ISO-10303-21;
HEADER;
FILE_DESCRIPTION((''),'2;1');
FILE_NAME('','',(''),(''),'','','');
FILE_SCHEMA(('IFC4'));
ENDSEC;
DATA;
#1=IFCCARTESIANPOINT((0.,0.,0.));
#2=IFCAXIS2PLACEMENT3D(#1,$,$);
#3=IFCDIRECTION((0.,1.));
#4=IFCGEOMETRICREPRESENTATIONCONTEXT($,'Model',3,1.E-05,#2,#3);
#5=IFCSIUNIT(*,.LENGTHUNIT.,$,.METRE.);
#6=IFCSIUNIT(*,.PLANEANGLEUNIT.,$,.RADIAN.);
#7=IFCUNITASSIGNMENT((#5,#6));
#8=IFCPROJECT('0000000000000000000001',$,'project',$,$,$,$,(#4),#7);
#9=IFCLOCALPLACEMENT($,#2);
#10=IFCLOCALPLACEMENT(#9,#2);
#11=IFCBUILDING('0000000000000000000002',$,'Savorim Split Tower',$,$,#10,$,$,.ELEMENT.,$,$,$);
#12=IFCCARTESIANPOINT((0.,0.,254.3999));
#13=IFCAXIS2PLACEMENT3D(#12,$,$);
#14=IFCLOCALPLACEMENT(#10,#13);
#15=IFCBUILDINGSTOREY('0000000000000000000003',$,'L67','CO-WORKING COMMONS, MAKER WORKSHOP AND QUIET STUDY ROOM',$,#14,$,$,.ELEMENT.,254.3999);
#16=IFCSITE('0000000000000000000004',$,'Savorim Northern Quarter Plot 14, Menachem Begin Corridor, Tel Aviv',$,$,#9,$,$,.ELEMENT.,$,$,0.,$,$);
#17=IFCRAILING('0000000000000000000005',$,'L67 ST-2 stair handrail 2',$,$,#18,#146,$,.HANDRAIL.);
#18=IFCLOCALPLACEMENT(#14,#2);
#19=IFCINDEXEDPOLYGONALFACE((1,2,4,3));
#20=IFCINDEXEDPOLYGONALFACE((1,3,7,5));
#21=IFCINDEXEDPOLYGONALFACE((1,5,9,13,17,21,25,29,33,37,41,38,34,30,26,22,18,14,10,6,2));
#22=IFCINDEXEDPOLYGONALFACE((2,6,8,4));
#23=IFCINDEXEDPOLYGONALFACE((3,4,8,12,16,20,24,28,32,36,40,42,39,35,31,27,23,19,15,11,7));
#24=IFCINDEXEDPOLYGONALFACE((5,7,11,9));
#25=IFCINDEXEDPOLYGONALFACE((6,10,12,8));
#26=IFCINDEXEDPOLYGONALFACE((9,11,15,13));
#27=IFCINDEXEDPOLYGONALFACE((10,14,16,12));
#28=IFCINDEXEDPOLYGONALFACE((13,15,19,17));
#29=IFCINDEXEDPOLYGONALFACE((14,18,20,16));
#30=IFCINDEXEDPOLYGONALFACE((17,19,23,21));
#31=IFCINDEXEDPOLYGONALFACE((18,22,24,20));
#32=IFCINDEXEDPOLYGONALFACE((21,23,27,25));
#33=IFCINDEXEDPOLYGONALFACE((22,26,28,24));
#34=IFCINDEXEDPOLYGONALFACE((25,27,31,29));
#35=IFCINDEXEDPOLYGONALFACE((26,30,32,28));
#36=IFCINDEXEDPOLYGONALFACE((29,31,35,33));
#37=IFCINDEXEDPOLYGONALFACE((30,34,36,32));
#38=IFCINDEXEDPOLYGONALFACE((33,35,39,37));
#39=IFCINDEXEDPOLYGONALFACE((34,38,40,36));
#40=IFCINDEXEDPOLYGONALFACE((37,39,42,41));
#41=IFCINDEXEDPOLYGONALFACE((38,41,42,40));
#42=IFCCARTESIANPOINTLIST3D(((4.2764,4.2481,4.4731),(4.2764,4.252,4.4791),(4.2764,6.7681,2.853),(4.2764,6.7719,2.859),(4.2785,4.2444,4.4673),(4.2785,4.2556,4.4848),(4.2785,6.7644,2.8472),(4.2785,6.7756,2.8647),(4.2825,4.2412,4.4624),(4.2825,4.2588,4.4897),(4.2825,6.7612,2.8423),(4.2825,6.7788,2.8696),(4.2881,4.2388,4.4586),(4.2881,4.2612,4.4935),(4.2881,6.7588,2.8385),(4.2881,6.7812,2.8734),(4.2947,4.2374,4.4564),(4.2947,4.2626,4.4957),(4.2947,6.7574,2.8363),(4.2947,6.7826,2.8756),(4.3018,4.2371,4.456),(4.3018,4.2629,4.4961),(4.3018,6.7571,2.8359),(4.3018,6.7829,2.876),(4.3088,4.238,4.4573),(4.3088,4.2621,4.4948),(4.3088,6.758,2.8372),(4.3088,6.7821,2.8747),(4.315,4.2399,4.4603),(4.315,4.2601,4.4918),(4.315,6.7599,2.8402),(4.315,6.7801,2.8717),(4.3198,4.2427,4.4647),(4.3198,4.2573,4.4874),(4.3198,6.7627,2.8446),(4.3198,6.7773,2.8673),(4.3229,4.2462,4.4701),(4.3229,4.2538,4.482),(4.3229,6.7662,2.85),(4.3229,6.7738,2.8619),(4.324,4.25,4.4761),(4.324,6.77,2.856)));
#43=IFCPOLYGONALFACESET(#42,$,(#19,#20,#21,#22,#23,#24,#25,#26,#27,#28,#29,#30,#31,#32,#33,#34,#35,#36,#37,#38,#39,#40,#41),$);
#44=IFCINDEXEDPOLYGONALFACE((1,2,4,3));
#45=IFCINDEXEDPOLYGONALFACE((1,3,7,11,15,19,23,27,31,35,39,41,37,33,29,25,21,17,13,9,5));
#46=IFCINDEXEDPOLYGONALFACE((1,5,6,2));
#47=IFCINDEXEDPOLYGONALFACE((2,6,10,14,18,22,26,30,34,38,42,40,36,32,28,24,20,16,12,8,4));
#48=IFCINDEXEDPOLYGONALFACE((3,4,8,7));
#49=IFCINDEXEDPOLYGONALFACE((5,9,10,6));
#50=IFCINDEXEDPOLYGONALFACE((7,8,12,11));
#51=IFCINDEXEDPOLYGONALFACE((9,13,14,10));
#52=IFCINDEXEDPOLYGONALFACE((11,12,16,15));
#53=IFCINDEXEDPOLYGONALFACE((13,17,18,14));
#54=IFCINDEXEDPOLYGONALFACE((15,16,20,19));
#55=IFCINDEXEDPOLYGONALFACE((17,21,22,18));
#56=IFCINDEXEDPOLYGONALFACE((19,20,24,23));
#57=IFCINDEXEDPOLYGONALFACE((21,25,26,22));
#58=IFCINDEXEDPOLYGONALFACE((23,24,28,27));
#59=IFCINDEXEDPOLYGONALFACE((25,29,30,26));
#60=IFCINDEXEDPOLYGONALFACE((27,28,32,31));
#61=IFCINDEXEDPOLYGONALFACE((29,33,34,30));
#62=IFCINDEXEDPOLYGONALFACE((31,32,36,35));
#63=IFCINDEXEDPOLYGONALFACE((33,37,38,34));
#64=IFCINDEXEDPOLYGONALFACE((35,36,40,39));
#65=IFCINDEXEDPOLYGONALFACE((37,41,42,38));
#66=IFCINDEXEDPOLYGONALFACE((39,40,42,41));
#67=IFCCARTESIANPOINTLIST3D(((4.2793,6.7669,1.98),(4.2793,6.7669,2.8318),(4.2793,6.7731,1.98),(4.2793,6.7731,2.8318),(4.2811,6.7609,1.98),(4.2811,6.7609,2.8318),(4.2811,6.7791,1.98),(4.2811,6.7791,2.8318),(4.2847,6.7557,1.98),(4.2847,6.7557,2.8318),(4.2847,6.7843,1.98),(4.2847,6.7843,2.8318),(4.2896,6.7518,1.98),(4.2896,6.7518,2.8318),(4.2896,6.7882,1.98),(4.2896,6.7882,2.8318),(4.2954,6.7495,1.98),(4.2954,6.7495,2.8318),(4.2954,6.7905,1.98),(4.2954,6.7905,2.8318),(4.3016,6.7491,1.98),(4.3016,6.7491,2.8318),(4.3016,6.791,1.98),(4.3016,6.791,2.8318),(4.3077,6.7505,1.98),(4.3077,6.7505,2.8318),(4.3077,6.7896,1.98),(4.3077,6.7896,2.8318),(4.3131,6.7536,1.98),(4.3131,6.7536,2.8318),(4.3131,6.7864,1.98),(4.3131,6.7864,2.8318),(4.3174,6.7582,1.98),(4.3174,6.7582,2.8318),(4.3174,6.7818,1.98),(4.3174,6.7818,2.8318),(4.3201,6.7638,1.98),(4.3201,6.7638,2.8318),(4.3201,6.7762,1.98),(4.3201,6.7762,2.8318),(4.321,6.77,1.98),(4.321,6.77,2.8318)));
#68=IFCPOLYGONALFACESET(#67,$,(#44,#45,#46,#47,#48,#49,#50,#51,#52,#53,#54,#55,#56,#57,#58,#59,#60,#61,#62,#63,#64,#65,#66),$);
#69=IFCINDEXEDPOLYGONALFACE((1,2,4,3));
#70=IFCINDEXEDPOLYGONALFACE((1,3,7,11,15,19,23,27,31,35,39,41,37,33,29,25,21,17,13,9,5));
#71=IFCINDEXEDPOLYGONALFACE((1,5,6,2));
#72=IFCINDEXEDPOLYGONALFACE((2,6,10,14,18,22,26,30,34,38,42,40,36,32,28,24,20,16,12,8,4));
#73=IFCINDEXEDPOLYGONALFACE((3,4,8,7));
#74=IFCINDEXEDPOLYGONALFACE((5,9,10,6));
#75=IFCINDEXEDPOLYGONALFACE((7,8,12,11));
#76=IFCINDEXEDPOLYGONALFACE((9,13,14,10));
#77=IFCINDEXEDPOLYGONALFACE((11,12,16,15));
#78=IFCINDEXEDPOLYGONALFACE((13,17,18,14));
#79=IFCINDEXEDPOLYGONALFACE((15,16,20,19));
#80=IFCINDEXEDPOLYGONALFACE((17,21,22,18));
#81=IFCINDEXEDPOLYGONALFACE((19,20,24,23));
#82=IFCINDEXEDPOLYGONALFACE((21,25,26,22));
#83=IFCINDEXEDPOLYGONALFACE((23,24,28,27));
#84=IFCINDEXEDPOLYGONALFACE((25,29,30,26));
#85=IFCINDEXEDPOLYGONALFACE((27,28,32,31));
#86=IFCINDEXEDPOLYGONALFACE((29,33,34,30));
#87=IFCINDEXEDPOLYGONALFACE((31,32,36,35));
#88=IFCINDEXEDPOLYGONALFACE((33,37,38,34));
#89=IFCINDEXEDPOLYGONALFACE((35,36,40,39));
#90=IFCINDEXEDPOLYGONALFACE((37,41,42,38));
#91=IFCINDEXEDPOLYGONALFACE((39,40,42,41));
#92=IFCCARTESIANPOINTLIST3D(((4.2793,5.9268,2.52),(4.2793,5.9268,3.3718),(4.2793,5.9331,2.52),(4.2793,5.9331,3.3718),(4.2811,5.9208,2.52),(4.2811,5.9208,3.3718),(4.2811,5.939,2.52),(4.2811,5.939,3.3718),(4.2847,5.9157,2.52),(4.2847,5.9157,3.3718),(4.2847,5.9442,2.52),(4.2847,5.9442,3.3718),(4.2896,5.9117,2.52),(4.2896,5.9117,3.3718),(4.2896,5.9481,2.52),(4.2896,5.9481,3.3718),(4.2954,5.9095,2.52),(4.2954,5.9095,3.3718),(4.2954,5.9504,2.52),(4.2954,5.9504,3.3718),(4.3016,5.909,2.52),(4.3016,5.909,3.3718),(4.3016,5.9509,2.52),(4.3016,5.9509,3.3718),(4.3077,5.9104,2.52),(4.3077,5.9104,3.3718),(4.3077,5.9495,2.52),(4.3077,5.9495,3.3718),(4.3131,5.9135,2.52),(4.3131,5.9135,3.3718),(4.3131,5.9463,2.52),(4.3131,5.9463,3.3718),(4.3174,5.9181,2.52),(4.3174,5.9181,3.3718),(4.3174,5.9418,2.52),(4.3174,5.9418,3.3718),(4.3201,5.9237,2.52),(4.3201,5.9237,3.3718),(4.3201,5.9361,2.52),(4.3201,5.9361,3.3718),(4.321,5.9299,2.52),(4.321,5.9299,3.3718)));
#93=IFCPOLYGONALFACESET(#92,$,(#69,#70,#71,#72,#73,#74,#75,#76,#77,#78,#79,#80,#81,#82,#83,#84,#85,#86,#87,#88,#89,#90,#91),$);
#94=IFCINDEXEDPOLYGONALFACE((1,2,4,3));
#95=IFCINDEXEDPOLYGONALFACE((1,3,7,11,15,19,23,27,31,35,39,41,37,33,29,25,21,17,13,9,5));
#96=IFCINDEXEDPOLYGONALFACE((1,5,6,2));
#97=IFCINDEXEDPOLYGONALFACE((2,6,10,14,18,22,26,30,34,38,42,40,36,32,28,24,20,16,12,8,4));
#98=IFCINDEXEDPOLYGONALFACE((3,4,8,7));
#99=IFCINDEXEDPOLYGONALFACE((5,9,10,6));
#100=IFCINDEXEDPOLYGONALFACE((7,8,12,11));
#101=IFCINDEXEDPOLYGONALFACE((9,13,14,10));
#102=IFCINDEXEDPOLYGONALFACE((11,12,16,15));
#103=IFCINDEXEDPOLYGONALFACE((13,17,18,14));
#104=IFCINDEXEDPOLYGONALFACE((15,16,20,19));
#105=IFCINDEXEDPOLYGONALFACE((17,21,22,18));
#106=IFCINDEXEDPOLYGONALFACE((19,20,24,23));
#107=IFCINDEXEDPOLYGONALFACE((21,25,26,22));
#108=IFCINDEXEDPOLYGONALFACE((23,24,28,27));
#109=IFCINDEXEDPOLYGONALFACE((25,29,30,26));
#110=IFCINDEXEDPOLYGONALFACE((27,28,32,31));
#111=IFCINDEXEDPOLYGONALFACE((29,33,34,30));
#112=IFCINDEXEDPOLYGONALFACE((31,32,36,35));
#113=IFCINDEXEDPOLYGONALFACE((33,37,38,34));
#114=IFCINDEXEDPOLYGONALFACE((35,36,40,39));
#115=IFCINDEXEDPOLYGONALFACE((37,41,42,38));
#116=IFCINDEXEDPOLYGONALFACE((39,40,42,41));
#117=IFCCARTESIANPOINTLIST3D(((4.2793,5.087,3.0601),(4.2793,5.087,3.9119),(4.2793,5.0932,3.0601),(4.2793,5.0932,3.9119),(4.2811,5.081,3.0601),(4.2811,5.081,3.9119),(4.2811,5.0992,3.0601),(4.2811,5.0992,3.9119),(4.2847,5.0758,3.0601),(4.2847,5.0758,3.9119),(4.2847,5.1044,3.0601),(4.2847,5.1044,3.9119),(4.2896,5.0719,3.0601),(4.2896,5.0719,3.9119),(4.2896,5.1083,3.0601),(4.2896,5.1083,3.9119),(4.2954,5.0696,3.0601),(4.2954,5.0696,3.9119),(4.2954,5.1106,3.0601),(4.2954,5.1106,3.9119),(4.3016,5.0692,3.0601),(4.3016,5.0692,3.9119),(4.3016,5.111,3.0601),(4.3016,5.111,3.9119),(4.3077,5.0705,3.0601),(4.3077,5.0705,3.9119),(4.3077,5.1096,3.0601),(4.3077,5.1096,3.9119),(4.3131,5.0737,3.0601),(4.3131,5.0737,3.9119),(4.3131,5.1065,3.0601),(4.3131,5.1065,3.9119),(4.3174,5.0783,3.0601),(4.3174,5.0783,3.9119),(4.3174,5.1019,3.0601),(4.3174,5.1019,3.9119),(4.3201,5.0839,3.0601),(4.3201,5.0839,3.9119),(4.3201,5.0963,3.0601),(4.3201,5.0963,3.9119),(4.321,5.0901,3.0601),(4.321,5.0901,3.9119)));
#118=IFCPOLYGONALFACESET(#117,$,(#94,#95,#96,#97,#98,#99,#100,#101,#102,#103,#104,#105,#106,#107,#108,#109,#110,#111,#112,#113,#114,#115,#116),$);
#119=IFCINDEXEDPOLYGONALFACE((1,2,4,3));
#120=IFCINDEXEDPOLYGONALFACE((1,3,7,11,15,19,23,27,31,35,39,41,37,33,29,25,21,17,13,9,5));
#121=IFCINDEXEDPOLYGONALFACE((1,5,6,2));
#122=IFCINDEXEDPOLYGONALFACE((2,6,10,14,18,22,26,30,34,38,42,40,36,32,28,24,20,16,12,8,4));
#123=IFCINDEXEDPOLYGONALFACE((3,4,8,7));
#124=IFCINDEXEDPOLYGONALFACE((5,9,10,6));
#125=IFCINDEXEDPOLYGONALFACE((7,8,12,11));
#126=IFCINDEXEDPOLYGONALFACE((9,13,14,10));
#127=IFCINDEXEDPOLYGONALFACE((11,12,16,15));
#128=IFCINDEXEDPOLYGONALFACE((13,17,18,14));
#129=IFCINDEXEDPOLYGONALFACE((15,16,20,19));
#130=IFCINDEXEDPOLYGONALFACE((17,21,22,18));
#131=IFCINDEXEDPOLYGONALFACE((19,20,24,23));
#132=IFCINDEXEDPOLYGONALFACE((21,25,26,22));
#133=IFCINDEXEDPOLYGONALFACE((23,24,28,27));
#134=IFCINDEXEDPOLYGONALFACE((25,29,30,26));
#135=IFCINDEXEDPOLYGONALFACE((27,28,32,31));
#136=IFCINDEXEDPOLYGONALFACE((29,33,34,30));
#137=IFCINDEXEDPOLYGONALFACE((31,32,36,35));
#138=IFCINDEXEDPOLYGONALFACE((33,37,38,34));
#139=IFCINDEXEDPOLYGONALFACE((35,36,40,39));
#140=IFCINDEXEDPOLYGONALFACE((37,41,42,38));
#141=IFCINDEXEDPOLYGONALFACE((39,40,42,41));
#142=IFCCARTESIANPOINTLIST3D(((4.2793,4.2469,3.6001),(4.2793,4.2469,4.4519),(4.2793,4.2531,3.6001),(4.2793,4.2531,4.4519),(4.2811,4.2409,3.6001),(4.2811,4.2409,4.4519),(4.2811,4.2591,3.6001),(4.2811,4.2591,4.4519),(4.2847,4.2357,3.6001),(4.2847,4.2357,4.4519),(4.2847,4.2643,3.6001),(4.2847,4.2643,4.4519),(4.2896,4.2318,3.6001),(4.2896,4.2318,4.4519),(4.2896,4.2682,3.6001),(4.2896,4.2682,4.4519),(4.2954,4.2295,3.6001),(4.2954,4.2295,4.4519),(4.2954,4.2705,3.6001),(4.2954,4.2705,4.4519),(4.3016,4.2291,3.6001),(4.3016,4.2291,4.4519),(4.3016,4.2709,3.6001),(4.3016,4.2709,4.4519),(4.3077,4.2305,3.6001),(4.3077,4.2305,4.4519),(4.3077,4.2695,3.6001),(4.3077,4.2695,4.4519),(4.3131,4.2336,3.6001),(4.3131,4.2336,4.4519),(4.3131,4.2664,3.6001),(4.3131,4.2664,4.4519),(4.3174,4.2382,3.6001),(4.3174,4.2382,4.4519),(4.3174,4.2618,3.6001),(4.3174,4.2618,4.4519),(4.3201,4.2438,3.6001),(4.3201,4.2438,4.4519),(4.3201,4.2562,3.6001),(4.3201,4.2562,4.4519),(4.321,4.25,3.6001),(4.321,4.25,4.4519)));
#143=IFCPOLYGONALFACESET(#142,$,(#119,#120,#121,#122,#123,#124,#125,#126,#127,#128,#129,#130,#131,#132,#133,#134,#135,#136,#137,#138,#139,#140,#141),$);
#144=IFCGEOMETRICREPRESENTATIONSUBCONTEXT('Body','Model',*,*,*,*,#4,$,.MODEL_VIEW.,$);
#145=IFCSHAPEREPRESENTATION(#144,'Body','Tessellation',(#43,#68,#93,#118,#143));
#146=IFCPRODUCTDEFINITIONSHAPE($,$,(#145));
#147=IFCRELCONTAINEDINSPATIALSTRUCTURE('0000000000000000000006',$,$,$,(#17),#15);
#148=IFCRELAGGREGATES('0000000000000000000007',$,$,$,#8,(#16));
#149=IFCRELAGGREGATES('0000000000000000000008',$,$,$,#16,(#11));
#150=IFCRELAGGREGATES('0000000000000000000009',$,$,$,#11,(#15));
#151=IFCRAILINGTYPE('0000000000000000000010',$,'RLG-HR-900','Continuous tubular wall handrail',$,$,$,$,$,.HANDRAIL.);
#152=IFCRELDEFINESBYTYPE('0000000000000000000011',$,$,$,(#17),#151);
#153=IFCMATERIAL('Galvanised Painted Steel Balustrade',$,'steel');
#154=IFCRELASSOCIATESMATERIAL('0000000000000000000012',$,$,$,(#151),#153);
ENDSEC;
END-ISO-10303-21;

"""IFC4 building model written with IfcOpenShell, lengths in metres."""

from ifc_helpers import new_model, si_unit, direction, frame, origin, origin_2d, place, context, subcontext, project, spatial, circle, extrude, material, type_object, element, save


model = new_model("IFC4")

# Units and contexts
model_context = context("Model", 3, precision=1e-05, world=origin(), true_north=direction((0.0, 1.0)))
body_context = subcontext(model_context, "Body", "Model", "MODEL_VIEW")
ifc_project = project(units=[si_unit("LENGTHUNIT", "METRE"), si_unit("PLANEANGLEUNIT", "RADIAN")], contexts=[model_context])

# Site, building, storey
site_placement = place(None, origin())
site = spatial("IfcSite", under=ifc_project, at=site_placement, Name="Savorim Northern Quarter Plot 14, Menachem Begin Corridor, Tel Aviv", CompositionType="ELEMENT", RefElevation=0.0)
building_placement = place(site_placement, origin())
building = spatial("IfcBuilding", under=site, at=building_placement, Name="Savorim Split Tower", CompositionType="ELEMENT")
storey_placement = place(building_placement, frame((0.0, 0.0, 254.3999)))
storey = spatial("IfcBuildingStorey", under=building, at=storey_placement, Name="L67", Description="CO-WORKING COMMONS, MAKER WORKSHOP AND QUIET STUDY ROOM", CompositionType="ELEMENT", Elevation=254.3999)

# Railing
ifc_material_1 = material(Name="Galvanised Painted Steel Balustrade", Category="steel")
railing_type_1 = type_object("IfcRailingType", Name="RLG-HR-900", Description="Continuous tubular wall handrail", PredefinedType="HANDRAIL", material=ifc_material_1)
railing_1_placement = place(storey_placement, frame((4.3, 6.77, 1.98)))
element("IfcRailing", 1, at=railing_1_placement, inside=storey, type_object=railing_type_1, Name="L67 ST-2 stair handrail 2", PredefinedType="HANDRAIL", context=body_context, shape_type="SweptSolid", body=[
    extrude(circle(Radius=0.0239, at=origin_2d()), frame((0.0, 0.0, 0.876), z_axis=(0.0, -0.841163, 0.540782), x_axis=(1.0, 0.0, 0.0)), (0.0, 0.0, 1.0), 2.9958),
    extrude(circle(Radius=0.021, at=origin_2d()), origin(), (0.0, 0.0, 1.0), 0.8518),
    extrude(circle(Radius=0.021, at=origin_2d()), frame((0.0, -0.8401, 0.54)), (0.0, 0.0, 1.0), 0.8518),
    extrude(circle(Radius=0.021, at=origin_2d()), frame((0.0, -1.6799, 1.0801)), (0.0, 0.0, 1.0), 0.8518),
    extrude(circle(Radius=0.021, at=origin_2d()), frame((0.0, -2.52, 1.6201)), (0.0, 0.0, 1.0), 0.8518),
])

save(model, "model.ifc")
